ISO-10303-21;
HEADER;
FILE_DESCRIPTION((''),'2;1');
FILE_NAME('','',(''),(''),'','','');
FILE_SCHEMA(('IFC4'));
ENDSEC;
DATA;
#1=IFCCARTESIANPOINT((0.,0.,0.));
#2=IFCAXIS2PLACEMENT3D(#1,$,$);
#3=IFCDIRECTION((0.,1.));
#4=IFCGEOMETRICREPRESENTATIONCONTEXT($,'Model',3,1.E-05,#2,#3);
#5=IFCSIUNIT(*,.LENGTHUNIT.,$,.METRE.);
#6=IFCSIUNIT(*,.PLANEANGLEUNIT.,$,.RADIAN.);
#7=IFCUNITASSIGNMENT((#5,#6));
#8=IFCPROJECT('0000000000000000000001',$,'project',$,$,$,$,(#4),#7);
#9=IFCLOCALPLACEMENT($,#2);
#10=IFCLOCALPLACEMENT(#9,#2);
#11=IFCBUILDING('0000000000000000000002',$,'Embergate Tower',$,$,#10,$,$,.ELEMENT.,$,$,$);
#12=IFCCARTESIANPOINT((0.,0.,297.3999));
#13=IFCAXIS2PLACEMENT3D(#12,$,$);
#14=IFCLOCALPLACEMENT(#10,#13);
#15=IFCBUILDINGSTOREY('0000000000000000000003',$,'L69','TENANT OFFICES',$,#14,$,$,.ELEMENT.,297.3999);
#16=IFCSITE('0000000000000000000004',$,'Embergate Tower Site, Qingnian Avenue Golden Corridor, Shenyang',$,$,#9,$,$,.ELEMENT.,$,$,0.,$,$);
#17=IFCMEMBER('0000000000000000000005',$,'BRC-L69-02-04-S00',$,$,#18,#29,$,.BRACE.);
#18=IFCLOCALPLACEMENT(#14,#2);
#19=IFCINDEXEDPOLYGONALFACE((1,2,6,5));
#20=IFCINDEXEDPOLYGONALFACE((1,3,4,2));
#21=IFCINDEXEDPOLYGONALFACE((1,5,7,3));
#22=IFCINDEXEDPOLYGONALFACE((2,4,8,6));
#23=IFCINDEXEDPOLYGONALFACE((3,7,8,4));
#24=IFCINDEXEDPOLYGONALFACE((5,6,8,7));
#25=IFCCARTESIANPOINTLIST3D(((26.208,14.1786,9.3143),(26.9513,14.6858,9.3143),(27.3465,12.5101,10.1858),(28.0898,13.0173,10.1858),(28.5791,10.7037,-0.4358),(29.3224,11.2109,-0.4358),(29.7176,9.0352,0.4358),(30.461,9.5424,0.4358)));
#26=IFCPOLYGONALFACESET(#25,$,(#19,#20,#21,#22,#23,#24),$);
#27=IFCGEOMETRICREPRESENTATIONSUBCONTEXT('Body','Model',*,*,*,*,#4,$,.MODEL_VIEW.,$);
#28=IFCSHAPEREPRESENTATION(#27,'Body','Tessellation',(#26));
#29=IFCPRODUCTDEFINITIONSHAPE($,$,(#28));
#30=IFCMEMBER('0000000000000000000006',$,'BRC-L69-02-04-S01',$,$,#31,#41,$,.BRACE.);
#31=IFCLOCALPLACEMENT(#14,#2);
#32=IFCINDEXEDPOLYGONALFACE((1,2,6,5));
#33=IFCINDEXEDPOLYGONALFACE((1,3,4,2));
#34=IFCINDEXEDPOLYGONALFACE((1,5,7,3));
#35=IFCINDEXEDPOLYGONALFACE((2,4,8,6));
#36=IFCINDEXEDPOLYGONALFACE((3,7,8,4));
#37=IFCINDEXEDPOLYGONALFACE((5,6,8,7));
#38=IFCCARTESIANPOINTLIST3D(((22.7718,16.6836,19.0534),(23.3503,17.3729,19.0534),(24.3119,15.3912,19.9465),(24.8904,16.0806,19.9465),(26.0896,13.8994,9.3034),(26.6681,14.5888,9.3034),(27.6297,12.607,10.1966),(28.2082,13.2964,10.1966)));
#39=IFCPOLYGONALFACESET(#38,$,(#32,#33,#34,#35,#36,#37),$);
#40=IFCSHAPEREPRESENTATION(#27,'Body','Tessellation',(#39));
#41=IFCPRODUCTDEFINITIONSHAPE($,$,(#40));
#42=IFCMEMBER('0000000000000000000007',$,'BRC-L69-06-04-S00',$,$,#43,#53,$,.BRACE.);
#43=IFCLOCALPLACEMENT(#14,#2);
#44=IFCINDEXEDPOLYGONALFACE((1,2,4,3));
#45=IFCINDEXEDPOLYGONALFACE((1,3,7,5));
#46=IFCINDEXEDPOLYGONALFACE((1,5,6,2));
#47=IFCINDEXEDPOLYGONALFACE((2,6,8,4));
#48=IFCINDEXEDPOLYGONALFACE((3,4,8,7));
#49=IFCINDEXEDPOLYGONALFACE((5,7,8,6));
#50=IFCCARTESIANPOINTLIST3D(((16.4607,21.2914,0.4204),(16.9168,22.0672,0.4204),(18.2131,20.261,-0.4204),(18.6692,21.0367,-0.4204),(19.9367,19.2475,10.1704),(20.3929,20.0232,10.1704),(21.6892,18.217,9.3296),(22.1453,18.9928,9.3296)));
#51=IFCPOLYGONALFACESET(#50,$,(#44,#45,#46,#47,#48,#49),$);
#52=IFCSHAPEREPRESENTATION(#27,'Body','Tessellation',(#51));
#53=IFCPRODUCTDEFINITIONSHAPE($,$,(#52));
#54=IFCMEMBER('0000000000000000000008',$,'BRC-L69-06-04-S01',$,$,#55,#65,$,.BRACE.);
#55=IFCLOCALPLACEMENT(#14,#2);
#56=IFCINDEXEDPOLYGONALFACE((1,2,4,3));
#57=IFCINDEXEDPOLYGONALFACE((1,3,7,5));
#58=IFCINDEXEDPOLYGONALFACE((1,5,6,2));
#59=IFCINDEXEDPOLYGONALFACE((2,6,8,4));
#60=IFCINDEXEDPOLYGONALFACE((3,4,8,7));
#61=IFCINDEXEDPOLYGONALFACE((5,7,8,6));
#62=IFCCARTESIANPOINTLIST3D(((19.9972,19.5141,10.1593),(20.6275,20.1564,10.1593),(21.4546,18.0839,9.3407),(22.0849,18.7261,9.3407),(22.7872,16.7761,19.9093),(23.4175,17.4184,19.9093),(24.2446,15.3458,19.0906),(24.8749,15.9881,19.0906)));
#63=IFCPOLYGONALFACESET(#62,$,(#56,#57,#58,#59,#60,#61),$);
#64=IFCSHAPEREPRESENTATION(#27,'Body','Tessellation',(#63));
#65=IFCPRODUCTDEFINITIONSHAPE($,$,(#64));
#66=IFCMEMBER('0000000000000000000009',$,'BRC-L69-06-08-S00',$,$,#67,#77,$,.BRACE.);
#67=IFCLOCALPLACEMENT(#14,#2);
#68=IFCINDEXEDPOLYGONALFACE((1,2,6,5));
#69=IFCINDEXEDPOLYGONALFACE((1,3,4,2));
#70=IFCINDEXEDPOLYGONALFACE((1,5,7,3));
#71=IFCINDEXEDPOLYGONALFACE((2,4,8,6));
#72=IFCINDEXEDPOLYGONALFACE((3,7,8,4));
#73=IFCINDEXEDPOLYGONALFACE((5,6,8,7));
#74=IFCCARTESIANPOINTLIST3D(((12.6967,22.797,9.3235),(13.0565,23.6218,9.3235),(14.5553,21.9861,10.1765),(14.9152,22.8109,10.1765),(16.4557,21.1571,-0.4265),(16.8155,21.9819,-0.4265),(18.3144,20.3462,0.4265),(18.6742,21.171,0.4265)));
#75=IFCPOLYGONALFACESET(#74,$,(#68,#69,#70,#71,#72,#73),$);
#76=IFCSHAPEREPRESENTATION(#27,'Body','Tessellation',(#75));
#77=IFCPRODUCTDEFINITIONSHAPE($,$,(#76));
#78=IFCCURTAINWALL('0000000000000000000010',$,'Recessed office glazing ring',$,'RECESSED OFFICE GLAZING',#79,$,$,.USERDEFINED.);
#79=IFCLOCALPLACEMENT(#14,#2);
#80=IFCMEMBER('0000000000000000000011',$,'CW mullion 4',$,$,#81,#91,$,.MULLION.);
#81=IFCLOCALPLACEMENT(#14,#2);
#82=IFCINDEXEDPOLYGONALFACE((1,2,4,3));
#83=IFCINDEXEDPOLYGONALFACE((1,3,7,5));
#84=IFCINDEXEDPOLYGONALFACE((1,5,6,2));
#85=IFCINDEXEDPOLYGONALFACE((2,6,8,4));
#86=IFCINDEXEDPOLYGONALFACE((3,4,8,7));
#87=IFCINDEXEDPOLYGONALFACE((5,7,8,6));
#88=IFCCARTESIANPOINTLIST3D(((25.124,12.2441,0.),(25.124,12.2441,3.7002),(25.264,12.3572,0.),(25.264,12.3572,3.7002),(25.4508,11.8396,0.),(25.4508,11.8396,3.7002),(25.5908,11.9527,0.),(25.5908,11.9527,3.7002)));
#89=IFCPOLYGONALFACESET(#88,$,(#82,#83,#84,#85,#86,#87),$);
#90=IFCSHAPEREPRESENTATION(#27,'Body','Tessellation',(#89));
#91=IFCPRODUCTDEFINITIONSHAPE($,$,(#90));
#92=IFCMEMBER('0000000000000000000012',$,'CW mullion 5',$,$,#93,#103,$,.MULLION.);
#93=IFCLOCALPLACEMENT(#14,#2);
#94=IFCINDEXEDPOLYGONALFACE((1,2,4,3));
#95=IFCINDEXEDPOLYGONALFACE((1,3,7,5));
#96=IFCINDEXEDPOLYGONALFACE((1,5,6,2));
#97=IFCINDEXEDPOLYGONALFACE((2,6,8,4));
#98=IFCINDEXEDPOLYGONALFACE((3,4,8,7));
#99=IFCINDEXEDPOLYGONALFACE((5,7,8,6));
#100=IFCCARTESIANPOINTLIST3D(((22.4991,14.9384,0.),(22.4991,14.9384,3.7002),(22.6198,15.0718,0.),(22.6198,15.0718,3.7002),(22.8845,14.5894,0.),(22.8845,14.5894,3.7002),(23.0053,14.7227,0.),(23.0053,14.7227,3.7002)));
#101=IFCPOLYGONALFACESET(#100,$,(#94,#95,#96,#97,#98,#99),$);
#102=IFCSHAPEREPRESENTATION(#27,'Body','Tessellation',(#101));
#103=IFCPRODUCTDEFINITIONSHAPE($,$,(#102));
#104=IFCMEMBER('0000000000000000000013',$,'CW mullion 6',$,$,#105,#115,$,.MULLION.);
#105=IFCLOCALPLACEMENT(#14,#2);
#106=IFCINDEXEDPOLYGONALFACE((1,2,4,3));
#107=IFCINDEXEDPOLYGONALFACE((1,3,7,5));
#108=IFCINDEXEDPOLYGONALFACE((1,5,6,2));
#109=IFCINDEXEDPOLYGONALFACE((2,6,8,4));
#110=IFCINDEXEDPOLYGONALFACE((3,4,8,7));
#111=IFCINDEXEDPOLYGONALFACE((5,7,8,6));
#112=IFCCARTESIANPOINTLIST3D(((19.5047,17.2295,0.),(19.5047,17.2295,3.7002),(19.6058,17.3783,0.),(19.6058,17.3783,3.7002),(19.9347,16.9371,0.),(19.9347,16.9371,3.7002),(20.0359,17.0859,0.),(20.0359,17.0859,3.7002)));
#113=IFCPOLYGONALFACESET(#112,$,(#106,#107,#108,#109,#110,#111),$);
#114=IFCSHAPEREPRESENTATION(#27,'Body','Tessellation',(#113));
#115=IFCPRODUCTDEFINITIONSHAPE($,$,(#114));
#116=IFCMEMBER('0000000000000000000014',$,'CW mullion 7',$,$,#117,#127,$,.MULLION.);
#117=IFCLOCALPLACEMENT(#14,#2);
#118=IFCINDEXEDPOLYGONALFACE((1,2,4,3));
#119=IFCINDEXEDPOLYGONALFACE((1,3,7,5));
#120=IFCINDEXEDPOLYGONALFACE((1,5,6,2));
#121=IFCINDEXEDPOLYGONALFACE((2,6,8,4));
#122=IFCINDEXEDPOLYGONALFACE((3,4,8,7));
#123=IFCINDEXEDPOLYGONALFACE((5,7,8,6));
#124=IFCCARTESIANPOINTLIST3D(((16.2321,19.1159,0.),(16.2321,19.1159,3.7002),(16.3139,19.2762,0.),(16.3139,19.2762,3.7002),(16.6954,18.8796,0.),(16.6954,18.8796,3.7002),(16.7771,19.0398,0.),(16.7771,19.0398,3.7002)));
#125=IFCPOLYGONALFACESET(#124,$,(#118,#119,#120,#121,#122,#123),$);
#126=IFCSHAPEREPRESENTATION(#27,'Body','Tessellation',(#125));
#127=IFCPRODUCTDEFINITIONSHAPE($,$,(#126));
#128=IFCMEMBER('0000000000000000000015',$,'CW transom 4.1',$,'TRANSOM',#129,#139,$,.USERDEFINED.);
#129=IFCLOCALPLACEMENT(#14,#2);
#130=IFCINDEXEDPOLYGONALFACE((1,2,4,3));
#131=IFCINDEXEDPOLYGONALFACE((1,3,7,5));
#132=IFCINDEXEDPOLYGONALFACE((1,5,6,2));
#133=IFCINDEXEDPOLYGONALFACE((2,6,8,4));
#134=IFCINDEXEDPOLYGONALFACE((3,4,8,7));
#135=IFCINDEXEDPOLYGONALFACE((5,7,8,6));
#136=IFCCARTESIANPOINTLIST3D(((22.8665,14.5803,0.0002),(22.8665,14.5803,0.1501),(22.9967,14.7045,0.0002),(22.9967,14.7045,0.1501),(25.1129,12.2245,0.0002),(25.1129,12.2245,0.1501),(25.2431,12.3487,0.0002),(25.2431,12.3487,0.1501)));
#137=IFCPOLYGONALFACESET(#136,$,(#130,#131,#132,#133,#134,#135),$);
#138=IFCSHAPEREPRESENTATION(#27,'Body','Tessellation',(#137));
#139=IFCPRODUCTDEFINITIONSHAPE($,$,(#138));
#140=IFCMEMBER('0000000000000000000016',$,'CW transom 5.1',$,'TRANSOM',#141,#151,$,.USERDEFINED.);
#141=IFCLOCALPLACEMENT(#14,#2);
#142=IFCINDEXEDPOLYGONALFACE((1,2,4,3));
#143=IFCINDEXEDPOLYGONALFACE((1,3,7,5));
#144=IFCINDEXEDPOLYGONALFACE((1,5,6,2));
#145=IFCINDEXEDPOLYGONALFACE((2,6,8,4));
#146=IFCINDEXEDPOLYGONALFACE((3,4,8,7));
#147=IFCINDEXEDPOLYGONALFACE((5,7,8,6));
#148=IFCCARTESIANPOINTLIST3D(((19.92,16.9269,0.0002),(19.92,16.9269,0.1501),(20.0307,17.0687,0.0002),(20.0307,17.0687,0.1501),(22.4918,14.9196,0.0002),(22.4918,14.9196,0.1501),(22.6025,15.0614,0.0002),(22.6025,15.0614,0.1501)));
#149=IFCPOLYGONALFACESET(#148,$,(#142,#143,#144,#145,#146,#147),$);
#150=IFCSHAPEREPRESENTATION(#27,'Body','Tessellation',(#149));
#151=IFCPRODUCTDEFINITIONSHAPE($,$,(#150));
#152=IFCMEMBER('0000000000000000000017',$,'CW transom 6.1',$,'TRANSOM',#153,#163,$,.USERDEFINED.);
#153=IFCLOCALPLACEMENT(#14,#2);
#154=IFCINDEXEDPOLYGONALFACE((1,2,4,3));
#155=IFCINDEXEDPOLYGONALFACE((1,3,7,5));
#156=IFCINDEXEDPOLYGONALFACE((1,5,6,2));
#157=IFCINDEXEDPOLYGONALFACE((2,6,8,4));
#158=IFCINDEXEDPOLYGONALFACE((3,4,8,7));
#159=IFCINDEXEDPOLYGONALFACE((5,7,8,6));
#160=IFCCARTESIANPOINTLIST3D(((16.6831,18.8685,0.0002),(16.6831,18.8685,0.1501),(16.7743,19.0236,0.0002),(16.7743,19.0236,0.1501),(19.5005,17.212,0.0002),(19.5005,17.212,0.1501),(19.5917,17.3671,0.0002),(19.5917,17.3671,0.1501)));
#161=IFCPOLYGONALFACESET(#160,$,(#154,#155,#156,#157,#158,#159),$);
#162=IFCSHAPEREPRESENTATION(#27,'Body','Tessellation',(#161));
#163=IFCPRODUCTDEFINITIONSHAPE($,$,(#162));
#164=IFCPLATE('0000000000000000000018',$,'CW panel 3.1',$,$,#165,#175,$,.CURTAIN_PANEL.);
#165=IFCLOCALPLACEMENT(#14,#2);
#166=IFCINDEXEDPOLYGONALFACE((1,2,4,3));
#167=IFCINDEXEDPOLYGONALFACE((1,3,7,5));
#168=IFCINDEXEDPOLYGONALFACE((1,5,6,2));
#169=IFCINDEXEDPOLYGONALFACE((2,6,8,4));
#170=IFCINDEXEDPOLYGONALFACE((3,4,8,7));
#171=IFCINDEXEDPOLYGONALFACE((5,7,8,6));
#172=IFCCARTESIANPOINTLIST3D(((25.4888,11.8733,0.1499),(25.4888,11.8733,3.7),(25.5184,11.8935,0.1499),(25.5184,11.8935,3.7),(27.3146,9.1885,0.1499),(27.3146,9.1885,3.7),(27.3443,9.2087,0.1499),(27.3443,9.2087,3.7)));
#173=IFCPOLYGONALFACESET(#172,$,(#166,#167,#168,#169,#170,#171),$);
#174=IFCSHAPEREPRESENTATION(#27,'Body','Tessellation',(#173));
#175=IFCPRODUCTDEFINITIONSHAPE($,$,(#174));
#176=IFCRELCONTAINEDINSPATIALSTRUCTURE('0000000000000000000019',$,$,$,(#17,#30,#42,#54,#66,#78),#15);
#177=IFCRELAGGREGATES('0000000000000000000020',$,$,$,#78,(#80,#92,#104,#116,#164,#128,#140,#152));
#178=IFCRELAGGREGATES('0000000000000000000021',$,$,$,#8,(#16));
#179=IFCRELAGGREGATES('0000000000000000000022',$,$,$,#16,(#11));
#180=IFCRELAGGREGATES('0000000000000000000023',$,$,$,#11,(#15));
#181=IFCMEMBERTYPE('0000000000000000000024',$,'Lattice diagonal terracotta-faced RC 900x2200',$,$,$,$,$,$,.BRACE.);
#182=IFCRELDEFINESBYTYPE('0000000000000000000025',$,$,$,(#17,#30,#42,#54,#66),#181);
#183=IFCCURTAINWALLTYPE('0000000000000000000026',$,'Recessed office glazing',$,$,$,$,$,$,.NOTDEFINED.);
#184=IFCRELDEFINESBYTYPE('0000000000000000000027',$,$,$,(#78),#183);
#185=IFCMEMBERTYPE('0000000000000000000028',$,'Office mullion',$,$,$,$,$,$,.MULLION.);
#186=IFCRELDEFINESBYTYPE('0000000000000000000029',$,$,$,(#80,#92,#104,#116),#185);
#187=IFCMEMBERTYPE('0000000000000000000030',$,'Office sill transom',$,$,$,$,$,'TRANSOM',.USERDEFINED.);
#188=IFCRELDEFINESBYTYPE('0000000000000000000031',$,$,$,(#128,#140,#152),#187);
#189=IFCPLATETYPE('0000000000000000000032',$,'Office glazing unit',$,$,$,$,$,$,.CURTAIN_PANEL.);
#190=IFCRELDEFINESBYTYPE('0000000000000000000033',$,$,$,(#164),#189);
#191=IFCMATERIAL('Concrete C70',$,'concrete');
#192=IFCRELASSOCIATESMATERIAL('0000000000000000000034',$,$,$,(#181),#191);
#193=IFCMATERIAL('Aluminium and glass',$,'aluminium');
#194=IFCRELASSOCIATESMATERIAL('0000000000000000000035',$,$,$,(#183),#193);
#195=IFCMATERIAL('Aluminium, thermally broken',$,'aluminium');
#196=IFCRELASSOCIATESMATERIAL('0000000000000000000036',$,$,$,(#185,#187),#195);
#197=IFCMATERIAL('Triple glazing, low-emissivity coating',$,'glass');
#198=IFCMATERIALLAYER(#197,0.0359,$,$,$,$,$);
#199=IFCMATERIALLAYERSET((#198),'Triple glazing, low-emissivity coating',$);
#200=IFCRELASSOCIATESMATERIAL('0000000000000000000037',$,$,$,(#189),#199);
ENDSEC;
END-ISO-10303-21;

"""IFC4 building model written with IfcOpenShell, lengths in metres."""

from ifc_helpers import new_model, si_unit, direction, frame, origin, origin_2d, place, context, subcontext, project, spatial, rectangle, extrude, source, transform, mapped, material, layer, layer_set, material_profile, profile_set, type_object, element, aggregate, save


model = new_model("IFC4")

# Units and contexts
model_context = context("Model", 3, precision=1e-05, world=origin(), true_north=direction((0.0, 1.0)))
body_context = subcontext(model_context, "Body", "Model", "MODEL_VIEW")
ifc_project = project(units=[si_unit("LENGTHUNIT", "METRE"), si_unit("PLANEANGLEUNIT", "RADIAN")], contexts=[model_context])

# Site, building, storey
site_placement = place(None, origin())
site = spatial("IfcSite", under=ifc_project, at=site_placement, Name="Embergate Tower Site, Qingnian Avenue Golden Corridor, Shenyang", CompositionType="ELEMENT", RefElevation=0.0)
building_placement = place(site_placement, origin())
building = spatial("IfcBuilding", under=site, at=building_placement, Name="Embergate Tower", CompositionType="ELEMENT")
storey_placement = place(building_placement, frame((0.0, 0.0, 297.3999)))
storey = spatial("IfcBuildingStorey", under=building, at=storey_placement, Name="L69", Description="TENANT OFFICES", CompositionType="ELEMENT", Elevation=297.3999)

# Members
ifc_material_1 = material(Name="Concrete C70", Category="concrete")
ifc_material_profile_1 = material_profile(ifc_material_1, rectangle(XDim=0.8999, YDim=2.2, at=origin_2d()), Name="RC 900x2200")
ifc_profile_set_1 = profile_set([ifc_material_profile_1], Name="Concrete C70")
member_type_1 = type_object("IfcMemberType", Name="Lattice diagonal terracotta-faced RC 900x2200", PredefinedType="BRACE", material=ifc_profile_set_1)
shared_shape_1 = source(origin(), body_context, "Body", "SweptSolid", [
    extrude(rectangle(XDim=0.8999, YDim=2.2, at=origin_2d()), origin(), (0.0, 0.0, 1.0), 10.6189),
])
member_1_placement = place(storey_placement, frame((29.52, 10.123, 0.0), z_axis=(-0.223292, 0.327236, 0.918182), x_axis=(-0.82602, -0.563641, 0.0)))
element("IfcMember", 1, at=member_1_placement, inside=storey, type_object=member_type_1, Name="BRC-L69-02-04-S00", PredefinedType="BRACE", context=body_context, shape_type="MappedRepresentation", body=[
    mapped(shared_shape_1, transform((0.0, 0.0, 0.0))),
])
shared_shape_2 = source(origin(), body_context, "Body", "SweptSolid", [
    extrude(rectangle(XDim=0.8999, YDim=2.2, at=origin_2d()), origin(), (0.0, 0.0, 1.0), 10.6687),
])
member_2_placement = place(storey_placement, frame((27.1489, 13.5979, 9.75), z_axis=(-0.310989, 0.260966, 0.913883), x_axis=(-0.642809, -0.766027, 0.0)))
element("IfcMember", 2, at=member_2_placement, inside=storey, type_object=member_type_1, Name="BRC-L69-02-04-S01", PredefinedType="BRACE", context=body_context, shape_type="MappedRepresentation", body=[
    mapped(shared_shape_2, transform((0.0, 0.0, 0.0))),
])
shared_shape_3 = source(origin(), body_context, "Body", "SweptSolid", [
    extrude(rectangle(XDim=0.8999, YDim=2.2, at=origin_2d()), origin(), (0.0, 0.0, 1.0), 10.551),
])
member_3_placement = place(storey_placement, frame((17.5649, 21.1641, 0.0), z_axis=(0.329455, -0.193721, 0.924084), x_axis=(0.506872, 0.862021, 0.0)))
element("IfcMember", 3, at=member_3_placement, inside=storey, type_object=member_type_1, Name="BRC-L69-06-04-S00", PredefinedType="BRACE", context=body_context, shape_type="MappedRepresentation", body=[
    mapped(shared_shape_3, transform((0.0, 0.0, 0.0))),
])
shared_shape_4 = source(origin(), body_context, "Body", "SweptSolid", [
    extrude(rectangle(XDim=0.8999, YDim=2.2, at=origin_2d()), origin(), (0.0, 0.0, 1.0), 10.5044),
])
member_4_placement = place(storey_placement, frame((21.041, 19.1201, 9.75), z_axis=(0.265605, -0.260655, 0.928177), x_axis=(0.700424, 0.713727, 0.0)))
element("IfcMember", 4, at=member_4_placement, inside=storey, type_object=member_type_1, Name="BRC-L69-06-04-S01", PredefinedType="BRACE", context=body_context, shape_type="MappedRepresentation", body=[
    mapped(shared_shape_4, transform((0.0, 0.0, 0.0))),
])
shared_shape_5 = source(origin(), body_context, "Body", "SweptSolid", [
    extrude(rectangle(XDim=0.8999, YDim=2.2, at=origin_2d()), origin(), (0.0, 0.0, 1.0), 10.5774),
])
member_5_placement = place(storey_placement, frame((17.5649, 21.1641, 0.0), z_axis=(-0.355382, 0.155037, 0.921774), x_axis=(-0.39986, -0.916576, 0.0)))
element("IfcMember", 5, at=member_5_placement, inside=storey, type_object=member_type_1, Name="BRC-L69-06-08-S00", PredefinedType="BRACE", context=body_context, shape_type="MappedRepresentation", body=[
    mapped(shared_shape_5, transform((0.0, 0.0, 0.0))),
])

# Curtain wall, members, plate
ifc_material_2 = material(Name="Aluminium and glass", Category="aluminium")
curtain_wall_type = type_object("IfcCurtainWallType", Name="Recessed office glazing", PredefinedType="NOTDEFINED", material=ifc_material_2)
curtain_wall_placement = place(storey_placement, origin())
curtain_wall = element("IfcCurtainWall", 6, at=curtain_wall_placement, inside=storey, type_object=curtain_wall_type, Name="Recessed office glazing ring", ObjectType="RECESSED OFFICE GLAZING", PredefinedType="USERDEFINED")
ifc_material_3 = material(Name="Aluminium, thermally broken", Category="aluminium")
ifc_material_profile_2 = material_profile(ifc_material_3, rectangle(XDim=0.1799, YDim=0.52, at=origin_2d()), Name="AL 520x180")
ifc_profile_set_2 = profile_set([ifc_material_profile_2], Name="Aluminium, thermally broken")
member_type_2 = type_object("IfcMemberType", Name="Office mullion", PredefinedType="MULLION", material=ifc_profile_set_2)
shared_shape_6 = source(origin(), body_context, "Body", "SweptSolid", [
    extrude(rectangle(XDim=0.1799, YDim=0.52, at=origin_2d()), origin(), (0.0, 0.0, 1.0), 3.7002),
])
member_6_placement = place(storey_placement, frame((25.3574, 12.0984, 0.0), z_axis=(0.0, 0.0, 1.0), x_axis=(-0.777864, -0.628433, 0.0)))
member_6 = element("IfcMember", 7, at=member_6_placement, type_object=member_type_2, Name="CW mullion 4", PredefinedType="MULLION", context=body_context, shape_type="MappedRepresentation", body=[
    mapped(shared_shape_6, transform((0.0, 0.0, 0.0))),
])
member_7_placement = place(storey_placement, frame((22.7522, 14.8306, 0.0), z_axis=(0.0, 0.0, 1.0), x_axis=(-0.67122, -0.741258, 0.0)))
member_7 = element("IfcMember", 8, at=member_7_placement, type_object=member_type_2, Name="CW mullion 5", PredefinedType="MULLION", context=body_context, shape_type="MappedRepresentation", body=[
    mapped(shared_shape_6, transform((0.0, 0.0, 0.0))),
])
member_8_placement = place(storey_placement, frame((19.7703, 17.1577, 0.0), z_axis=(0.0, 0.0, 1.0), x_axis=(-0.562212, -0.826993, 0.0)))
member_8 = element("IfcMember", 9, at=member_8_placement, type_object=member_type_2, Name="CW mullion 6", PredefinedType="MULLION", context=body_context, shape_type="MappedRepresentation", body=[
    mapped(shared_shape_6, transform((0.0, 0.0, 0.0))),
])
member_9_placement = place(storey_placement, frame((16.5046, 19.0779, 0.0), z_axis=(0.0, 0.0, 1.0), x_axis=(-0.454508, -0.890743, 0.0)))
member_9 = element("IfcMember", 10, at=member_9_placement, type_object=member_type_2, Name="CW mullion 7", PredefinedType="MULLION", context=body_context, shape_type="MappedRepresentation", body=[
    mapped(shared_shape_6, transform((0.0, 0.0, 0.0))),
])
ifc_material_profile_3 = material_profile(ifc_material_3, rectangle(XDim=0.1799, YDim=0.1499, at=origin_2d()), Name="AL 150x180")
ifc_profile_set_3 = profile_set([ifc_material_profile_3], Name="Aluminium, thermally broken")
member_type_3 = type_object("IfcMemberType", Name="Office sill transom", ElementType="TRANSOM", PredefinedType="USERDEFINED", material=ifc_profile_set_3)
shared_shape_7 = source(origin(), body_context, "Body", "SweptSolid", [
    extrude(rectangle(XDim=0.1799, YDim=0.1499, at=origin_2d()), origin(), (0.0, 0.0, 1.0), 3.2551),
])
member_10_placement = place(storey_placement, frame((25.178, 12.2866, 0.0752), z_axis=(-0.690106, 0.723708, 0.0), x_axis=(-0.723708, -0.690106, 0.0)))
member_10 = element("IfcMember", 11, at=member_10_placement, type_object=member_type_3, Name="CW transom 4.1", ObjectType="TRANSOM", PredefinedType="USERDEFINED", context=body_context, shape_type="MappedRepresentation", body=[
    mapped(shared_shape_7, transform((0.0, 0.0, 0.0))),
])
shared_shape_8 = source(origin(), body_context, "Body", "SweptSolid", [
    extrude(rectangle(XDim=0.1799, YDim=0.1499, at=origin_2d()), origin(), (0.0, 0.0, 1.0), 3.2625),
])
member_11_placement = place(storey_placement, frame((22.5471, 14.9905, 0.0752), z_axis=(-0.788303, 0.615287, 0.0), x_axis=(-0.615287, -0.788303, 0.0)))
member_11 = element("IfcMember", 12, at=member_11_placement, type_object=member_type_3, Name="CW transom 5.1", ObjectType="TRANSOM", PredefinedType="USERDEFINED", context=body_context, shape_type="MappedRepresentation", body=[
    mapped(shared_shape_8, transform((0.0, 0.0, 0.0))),
])
shared_shape_9 = source(origin(), body_context, "Body", "SweptSolid", [
    extrude(rectangle(XDim=0.1799, YDim=0.1499, at=origin_2d()), origin(), (0.0, 0.0, 1.0), 3.2683),
])
member_12_placement = place(storey_placement, frame((19.5461, 17.2896, 0.0752), z_axis=(-0.86204, 0.506841, 0.0), x_axis=(-0.506841, -0.86204, 0.0)))
member_12 = element("IfcMember", 13, at=member_12_placement, type_object=member_type_3, Name="CW transom 6.1", ObjectType="TRANSOM", PredefinedType="USERDEFINED", context=body_context, shape_type="MappedRepresentation", body=[
    mapped(shared_shape_9, transform((0.0, 0.0, 0.0))),
])
ifc_material_4 = material(Name="Triple glazing, low-emissivity coating", Category="glass")
ifc_layer_1 = layer(ifc_material_4, 0.0359)
ifc_layer_set_1 = layer_set([ifc_layer_1], Name="Triple glazing, low-emissivity coating")
plate_type = type_object("IfcPlateType", Name="Office glazing unit", PredefinedType="CURTAIN_PANEL", material=ifc_layer_set_1)
shared_shape_10 = source(origin(), body_context, "Body", "SweptSolid", [
    extrude(rectangle(XDim=3.2468, YDim=0.0359, at=origin_2d()), origin(), (0.0, 0.0, 1.0), 3.55),
])
plate_1_placement = place(storey_placement, frame((26.4165, 10.541, 0.1499), z_axis=(0.0, 0.0, 1.0), x_axis=(-0.562342, 0.826905, 0.0)))
plate_1 = element("IfcPlate", 14, at=plate_1_placement, type_object=plate_type, Name="CW panel 3.1", PredefinedType="CURTAIN_PANEL", context=body_context, shape_type="MappedRepresentation", body=[
    mapped(shared_shape_10, transform((0.0, 0.0, 0.0))),
])
aggregate(curtain_wall, [member_6, member_7, member_8, member_9, plate_1, member_10, member_11, member_12])

save(model, "model.ifc")
